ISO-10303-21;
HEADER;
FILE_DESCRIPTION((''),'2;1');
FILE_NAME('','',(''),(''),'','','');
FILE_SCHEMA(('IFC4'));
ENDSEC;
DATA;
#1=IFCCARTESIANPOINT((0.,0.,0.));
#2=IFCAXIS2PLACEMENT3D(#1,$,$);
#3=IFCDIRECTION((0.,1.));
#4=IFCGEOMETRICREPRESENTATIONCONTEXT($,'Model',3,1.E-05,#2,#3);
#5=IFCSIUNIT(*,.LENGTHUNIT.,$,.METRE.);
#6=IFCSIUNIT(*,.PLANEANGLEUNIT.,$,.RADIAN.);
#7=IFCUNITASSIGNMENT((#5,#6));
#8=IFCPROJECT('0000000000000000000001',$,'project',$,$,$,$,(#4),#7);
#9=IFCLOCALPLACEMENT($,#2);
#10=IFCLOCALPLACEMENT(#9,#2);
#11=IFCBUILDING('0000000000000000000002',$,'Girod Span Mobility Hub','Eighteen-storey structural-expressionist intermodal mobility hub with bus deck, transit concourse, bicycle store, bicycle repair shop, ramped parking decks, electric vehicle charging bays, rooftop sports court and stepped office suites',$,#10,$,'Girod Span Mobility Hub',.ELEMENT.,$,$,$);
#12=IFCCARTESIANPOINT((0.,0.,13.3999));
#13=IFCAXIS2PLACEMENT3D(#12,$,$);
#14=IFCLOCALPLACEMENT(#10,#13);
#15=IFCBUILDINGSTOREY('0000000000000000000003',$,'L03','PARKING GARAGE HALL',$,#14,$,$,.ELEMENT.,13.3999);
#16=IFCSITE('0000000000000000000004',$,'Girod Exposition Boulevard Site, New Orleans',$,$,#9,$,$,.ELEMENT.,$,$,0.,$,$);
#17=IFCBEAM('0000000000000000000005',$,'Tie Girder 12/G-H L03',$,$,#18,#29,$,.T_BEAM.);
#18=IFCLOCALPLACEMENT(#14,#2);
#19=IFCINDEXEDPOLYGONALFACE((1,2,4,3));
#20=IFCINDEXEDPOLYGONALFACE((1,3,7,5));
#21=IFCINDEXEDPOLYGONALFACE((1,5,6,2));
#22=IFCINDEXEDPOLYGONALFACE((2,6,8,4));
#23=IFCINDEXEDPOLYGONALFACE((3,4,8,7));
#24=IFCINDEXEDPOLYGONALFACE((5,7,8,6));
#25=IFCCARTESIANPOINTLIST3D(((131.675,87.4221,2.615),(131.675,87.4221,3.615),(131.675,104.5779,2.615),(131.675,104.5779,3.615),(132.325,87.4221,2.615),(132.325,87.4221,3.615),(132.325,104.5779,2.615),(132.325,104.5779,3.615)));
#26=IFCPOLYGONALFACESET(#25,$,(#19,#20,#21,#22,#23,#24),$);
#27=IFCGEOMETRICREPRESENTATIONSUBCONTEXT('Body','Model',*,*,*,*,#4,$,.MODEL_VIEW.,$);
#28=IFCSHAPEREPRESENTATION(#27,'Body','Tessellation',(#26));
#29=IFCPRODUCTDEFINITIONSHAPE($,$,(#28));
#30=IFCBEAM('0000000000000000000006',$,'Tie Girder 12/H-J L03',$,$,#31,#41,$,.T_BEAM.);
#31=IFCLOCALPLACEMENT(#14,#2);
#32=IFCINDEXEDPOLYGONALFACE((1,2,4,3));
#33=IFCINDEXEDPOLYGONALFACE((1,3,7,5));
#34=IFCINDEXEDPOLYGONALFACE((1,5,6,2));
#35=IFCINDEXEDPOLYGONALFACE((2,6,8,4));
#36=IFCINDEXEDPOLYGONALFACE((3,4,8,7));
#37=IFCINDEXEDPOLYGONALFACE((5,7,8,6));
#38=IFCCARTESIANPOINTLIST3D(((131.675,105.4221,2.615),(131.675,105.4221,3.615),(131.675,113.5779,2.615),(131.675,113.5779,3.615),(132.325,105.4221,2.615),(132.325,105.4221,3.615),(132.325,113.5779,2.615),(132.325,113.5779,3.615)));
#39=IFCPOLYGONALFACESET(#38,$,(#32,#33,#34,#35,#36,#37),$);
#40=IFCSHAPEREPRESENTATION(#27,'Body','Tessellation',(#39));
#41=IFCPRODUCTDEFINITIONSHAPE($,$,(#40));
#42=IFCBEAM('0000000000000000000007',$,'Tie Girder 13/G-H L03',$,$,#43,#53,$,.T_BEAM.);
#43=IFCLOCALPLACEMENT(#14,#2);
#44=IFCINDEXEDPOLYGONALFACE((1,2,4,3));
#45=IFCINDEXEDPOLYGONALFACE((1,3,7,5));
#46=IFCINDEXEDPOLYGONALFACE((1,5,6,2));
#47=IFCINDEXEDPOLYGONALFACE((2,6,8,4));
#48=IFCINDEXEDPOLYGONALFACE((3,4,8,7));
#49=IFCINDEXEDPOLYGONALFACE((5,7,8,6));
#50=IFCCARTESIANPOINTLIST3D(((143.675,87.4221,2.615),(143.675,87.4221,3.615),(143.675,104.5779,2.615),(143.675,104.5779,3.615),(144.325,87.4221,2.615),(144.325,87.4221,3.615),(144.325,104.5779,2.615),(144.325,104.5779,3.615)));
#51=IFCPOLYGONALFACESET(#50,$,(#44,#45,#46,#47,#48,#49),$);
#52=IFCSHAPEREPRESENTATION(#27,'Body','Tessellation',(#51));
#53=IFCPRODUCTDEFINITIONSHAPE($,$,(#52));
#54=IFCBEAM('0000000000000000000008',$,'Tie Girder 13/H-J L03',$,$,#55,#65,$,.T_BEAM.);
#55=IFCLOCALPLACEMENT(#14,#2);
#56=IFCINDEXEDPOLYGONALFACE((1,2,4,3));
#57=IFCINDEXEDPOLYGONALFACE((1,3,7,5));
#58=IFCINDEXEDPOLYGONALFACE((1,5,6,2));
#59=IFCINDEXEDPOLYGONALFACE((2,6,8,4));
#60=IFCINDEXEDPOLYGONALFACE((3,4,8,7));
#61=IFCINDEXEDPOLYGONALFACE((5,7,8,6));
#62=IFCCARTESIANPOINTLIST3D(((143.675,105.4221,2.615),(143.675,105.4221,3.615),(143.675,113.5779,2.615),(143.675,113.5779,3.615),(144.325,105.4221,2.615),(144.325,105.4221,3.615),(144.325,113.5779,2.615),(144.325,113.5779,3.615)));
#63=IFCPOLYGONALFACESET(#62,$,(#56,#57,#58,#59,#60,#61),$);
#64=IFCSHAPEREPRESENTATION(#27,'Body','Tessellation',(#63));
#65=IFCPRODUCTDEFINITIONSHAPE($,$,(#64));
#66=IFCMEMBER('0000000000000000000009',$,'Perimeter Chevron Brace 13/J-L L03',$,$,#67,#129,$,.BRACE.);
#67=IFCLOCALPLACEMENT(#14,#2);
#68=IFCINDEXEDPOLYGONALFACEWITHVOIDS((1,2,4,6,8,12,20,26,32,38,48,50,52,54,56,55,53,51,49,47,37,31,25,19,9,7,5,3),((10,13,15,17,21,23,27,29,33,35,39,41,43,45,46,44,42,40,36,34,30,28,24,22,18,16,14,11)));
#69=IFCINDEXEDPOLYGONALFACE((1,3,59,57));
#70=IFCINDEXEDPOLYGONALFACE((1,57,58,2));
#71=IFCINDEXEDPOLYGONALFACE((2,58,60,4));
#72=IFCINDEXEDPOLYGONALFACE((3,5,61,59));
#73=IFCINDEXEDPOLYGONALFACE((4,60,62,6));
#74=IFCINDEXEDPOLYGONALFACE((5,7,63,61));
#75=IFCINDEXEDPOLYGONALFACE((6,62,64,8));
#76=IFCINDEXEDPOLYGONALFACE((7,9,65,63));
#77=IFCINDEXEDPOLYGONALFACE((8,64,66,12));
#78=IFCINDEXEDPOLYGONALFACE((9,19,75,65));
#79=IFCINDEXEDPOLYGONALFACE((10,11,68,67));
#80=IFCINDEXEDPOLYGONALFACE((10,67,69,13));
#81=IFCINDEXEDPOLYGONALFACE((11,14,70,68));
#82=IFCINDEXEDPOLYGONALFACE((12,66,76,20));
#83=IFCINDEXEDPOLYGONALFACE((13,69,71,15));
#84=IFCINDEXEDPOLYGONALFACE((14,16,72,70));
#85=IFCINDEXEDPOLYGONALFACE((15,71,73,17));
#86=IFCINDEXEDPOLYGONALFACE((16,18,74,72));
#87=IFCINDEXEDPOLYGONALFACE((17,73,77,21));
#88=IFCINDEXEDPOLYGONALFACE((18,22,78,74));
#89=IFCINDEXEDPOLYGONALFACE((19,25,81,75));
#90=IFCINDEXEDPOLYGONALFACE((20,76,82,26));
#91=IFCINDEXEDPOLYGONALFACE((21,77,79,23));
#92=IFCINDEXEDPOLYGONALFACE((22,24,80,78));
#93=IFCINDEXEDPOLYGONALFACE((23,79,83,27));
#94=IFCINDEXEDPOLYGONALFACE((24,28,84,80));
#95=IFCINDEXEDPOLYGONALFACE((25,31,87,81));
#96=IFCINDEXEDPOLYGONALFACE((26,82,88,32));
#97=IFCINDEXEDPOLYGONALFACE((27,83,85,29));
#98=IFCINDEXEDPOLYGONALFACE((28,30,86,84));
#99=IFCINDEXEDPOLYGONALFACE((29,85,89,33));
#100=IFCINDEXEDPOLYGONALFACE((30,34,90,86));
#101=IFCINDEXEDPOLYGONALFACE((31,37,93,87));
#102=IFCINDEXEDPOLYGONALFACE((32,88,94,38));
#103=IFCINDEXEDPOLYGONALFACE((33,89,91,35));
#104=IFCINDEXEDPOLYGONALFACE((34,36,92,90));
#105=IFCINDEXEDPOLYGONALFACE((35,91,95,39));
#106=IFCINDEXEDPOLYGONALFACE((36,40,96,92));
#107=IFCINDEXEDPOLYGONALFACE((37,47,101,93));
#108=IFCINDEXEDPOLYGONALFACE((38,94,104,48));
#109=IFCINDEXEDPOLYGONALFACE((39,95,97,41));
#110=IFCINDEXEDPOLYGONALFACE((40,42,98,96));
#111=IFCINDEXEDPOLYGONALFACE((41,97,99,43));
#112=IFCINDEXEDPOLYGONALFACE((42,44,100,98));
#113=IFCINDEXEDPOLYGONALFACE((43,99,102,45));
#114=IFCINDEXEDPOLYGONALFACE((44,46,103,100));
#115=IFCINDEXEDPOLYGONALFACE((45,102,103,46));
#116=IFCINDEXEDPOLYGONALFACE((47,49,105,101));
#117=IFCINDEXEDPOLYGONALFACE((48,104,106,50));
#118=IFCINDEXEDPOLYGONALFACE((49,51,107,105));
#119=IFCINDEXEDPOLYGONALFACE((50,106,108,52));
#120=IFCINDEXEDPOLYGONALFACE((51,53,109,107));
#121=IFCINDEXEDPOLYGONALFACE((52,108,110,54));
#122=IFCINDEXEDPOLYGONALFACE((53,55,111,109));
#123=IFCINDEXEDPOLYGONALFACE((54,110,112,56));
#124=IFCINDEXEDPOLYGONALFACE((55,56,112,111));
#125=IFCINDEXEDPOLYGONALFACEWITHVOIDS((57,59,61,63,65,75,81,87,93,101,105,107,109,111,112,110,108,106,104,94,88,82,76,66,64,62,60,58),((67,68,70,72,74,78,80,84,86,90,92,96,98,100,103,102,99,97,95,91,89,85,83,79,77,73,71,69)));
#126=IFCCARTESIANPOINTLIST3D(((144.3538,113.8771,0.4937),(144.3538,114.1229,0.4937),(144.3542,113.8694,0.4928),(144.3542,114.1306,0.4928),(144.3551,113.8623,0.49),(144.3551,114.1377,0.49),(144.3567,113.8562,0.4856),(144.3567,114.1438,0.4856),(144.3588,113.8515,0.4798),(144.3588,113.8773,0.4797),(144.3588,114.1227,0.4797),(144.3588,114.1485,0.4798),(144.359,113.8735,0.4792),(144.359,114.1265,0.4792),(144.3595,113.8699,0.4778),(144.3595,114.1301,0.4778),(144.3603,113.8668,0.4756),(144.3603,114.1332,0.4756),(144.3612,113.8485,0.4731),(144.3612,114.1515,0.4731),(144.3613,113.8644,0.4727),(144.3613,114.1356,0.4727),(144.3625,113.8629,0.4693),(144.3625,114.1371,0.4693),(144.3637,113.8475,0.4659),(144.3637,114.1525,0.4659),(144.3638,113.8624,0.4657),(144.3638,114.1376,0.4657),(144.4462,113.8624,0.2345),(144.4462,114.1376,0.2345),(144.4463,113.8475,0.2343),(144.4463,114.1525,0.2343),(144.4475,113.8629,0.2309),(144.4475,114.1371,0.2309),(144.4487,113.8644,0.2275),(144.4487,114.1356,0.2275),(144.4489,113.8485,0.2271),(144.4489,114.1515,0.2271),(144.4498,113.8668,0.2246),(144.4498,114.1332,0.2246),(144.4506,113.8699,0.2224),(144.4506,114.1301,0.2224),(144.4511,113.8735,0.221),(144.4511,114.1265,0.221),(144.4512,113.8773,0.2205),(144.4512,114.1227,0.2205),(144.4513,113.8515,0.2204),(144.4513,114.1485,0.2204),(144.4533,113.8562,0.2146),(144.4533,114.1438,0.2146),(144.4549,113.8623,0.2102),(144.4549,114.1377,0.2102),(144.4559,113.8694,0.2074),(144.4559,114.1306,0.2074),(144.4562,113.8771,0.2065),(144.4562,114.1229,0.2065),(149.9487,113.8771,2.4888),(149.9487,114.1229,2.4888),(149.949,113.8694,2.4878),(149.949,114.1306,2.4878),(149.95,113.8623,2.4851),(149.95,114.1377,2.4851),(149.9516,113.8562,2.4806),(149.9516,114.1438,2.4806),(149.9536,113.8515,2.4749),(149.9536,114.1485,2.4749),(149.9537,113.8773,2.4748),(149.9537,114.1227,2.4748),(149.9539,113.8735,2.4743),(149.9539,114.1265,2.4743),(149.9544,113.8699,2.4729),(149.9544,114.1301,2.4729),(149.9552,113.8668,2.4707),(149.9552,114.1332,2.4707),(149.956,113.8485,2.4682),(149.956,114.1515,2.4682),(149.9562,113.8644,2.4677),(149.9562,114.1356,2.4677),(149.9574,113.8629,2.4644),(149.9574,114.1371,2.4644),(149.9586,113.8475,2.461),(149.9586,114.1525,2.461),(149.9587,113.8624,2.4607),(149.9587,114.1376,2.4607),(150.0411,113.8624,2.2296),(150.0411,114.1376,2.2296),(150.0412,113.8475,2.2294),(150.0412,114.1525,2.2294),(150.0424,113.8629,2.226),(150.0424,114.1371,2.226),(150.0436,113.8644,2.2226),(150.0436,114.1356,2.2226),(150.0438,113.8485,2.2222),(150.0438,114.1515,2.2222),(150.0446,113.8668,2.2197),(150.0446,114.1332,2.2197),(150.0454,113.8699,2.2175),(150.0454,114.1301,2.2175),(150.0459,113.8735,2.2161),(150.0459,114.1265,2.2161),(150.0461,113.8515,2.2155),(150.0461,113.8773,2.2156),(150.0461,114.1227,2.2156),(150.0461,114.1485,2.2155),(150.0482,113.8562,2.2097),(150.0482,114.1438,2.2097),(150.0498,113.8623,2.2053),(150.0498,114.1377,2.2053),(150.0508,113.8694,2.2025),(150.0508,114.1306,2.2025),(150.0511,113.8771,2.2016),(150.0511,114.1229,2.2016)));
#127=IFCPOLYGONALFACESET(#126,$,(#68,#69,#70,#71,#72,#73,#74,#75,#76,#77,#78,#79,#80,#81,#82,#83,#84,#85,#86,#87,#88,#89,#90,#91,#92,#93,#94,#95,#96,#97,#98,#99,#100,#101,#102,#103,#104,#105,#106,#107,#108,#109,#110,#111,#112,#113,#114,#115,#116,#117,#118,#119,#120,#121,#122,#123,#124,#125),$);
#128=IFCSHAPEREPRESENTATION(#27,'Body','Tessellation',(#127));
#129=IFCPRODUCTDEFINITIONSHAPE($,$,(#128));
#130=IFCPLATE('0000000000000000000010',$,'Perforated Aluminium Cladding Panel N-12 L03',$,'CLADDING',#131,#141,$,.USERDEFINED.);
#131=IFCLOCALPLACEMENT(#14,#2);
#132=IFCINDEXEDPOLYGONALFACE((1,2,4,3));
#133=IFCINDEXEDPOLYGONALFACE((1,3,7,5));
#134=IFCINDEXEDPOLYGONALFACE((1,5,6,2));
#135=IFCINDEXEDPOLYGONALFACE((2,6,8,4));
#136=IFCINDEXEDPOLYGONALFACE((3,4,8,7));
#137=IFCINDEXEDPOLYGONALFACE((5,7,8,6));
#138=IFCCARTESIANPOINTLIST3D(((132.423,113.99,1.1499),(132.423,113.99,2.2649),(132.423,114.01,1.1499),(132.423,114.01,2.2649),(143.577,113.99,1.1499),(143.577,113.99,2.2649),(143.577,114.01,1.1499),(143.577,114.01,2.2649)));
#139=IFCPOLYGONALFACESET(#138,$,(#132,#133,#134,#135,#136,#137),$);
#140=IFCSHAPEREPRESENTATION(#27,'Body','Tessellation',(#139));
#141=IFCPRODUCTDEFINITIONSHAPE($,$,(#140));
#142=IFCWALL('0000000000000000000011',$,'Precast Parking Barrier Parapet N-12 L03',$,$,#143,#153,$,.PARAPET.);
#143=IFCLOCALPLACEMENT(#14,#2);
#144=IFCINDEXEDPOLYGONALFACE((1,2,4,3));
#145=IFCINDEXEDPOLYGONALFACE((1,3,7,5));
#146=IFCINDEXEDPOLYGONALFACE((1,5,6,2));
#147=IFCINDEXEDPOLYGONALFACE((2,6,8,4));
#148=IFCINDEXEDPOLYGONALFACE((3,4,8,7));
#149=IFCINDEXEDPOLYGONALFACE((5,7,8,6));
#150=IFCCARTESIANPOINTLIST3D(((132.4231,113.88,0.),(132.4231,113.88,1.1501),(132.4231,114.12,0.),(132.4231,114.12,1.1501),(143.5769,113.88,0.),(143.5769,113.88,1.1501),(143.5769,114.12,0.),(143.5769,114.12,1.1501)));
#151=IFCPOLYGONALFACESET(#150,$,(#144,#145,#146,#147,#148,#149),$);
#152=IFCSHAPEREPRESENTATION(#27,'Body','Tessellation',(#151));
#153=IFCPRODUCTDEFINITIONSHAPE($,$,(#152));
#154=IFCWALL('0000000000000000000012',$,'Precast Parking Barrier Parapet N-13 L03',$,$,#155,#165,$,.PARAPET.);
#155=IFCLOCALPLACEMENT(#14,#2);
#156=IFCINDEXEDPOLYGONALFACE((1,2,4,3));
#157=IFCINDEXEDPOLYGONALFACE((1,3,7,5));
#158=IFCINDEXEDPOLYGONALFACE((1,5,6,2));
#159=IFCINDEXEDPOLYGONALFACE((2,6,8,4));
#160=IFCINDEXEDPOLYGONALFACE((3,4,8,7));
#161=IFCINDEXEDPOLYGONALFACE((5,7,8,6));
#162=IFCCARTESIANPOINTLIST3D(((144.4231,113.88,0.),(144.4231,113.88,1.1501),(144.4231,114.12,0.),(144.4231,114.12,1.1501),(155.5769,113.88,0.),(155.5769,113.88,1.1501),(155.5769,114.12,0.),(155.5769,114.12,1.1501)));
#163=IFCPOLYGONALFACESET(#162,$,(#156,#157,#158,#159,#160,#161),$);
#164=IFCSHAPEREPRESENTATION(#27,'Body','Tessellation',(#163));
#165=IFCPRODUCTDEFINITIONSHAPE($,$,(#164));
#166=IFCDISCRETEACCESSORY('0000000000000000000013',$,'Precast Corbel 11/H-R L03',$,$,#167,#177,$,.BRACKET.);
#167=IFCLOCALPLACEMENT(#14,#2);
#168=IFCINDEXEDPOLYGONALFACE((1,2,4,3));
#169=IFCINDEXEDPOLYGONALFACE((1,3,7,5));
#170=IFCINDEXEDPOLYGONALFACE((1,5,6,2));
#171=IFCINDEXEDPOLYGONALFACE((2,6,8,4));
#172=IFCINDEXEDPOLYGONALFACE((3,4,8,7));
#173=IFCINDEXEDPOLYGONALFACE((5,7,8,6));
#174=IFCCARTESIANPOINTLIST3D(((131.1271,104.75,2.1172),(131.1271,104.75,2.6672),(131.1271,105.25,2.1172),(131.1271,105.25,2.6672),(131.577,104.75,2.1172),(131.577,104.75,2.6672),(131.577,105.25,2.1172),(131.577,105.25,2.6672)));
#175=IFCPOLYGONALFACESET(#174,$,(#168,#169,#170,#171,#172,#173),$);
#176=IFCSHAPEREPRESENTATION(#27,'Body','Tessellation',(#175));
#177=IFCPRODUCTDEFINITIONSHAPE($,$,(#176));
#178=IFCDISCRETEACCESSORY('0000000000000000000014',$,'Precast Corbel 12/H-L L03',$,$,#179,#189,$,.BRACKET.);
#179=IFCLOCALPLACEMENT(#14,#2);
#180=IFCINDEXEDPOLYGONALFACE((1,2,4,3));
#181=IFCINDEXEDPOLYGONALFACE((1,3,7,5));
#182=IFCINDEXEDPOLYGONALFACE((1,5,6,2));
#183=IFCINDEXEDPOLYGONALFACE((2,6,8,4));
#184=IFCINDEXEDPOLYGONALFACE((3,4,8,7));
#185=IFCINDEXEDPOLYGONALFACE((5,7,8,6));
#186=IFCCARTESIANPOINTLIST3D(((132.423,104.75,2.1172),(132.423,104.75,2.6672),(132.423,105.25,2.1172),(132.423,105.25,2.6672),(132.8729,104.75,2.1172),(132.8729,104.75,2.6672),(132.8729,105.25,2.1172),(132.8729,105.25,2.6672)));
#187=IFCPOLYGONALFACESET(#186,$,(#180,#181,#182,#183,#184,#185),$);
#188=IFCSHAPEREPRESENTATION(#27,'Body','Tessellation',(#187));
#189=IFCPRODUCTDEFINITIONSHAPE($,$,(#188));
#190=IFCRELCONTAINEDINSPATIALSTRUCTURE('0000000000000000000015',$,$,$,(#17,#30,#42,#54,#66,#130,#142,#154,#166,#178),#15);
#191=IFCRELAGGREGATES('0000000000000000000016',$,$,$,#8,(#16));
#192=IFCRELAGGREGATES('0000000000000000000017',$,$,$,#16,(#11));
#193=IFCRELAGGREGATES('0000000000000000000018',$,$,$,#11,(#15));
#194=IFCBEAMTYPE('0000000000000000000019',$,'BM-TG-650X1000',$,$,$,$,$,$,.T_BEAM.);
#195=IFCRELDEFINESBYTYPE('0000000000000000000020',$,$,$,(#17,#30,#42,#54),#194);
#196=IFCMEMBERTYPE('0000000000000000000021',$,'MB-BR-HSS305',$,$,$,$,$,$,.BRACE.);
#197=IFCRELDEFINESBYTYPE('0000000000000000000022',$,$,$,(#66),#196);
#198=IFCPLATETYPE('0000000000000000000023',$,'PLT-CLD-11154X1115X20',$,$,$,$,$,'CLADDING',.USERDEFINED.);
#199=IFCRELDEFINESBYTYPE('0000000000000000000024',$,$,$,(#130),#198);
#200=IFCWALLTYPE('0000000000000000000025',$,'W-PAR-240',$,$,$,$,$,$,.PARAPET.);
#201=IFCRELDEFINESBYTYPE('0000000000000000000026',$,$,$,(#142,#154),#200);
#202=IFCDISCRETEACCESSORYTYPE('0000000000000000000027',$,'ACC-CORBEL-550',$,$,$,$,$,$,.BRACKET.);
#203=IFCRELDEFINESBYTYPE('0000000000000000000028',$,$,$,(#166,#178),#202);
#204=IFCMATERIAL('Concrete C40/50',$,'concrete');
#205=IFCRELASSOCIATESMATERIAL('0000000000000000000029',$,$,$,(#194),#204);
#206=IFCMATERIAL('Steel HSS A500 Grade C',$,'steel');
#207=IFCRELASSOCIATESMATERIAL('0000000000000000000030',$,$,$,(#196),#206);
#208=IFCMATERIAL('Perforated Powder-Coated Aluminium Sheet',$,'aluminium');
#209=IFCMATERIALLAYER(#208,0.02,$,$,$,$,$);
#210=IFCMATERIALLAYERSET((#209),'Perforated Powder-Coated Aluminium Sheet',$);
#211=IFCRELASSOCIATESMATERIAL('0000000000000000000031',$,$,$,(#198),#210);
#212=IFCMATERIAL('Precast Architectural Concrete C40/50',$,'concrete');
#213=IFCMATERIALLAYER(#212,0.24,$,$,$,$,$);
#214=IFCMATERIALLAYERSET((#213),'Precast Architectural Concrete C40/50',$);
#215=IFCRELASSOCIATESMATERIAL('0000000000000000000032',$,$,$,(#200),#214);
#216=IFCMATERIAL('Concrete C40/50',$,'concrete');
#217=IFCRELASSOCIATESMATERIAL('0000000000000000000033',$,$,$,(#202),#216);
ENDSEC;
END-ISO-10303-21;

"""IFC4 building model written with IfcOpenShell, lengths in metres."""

from ifc_helpers import new_model, si_unit, direction, frame, frame_2d, origin, origin_2d, place, context, subcontext, project, spatial, rectangle, hollow_rectangle, extrude, material, layer, layer_set, material_profile, profile_set, type_object, element, save


model = new_model("IFC4")

# Units and contexts
model_context = context("Model", 3, precision=1e-05, world=origin(), true_north=direction((0.0, 1.0)))
body_context = subcontext(model_context, "Body", "Model", "MODEL_VIEW")
ifc_project = project(units=[si_unit("LENGTHUNIT", "METRE"), si_unit("PLANEANGLEUNIT", "RADIAN")], contexts=[model_context])

# Site, building, storey
site_placement = place(None, origin())
site = spatial("IfcSite", under=ifc_project, at=site_placement, Name="Girod Exposition Boulevard Site, New Orleans", CompositionType="ELEMENT", RefElevation=0.0)
building_placement = place(site_placement, origin())
building = spatial("IfcBuilding", under=site, at=building_placement, Name="Girod Span Mobility Hub", Description="Eighteen-storey structural-expressionist intermodal mobility hub with bus deck, transit concourse, bicycle store, bicycle repair shop, ramped parking decks, electric vehicle charging bays, rooftop sports court and stepped office suites", LongName="Girod Span Mobility Hub", CompositionType="ELEMENT")
storey_placement = place(building_placement, frame((0.0, 0.0, 13.3999)))
storey = spatial("IfcBuildingStorey", under=building, at=storey_placement, Name="L03", Description="PARKING GARAGE HALL", CompositionType="ELEMENT", Elevation=13.3999)

# Beams
ifc_material_1 = material(Name="Concrete C40/50", Category="concrete")
ifc_material_profile_1 = material_profile(ifc_material_1, rectangle(XDim=0.6499, YDim=1.0, at=origin_2d()), Name="TG-650X1000")
ifc_profile_set_1 = profile_set([ifc_material_profile_1], Name="Concrete C40/50")
beam_type_1 = type_object("IfcBeamType", Name="BM-TG-650X1000", PredefinedType="T_BEAM", material=ifc_profile_set_1)
beam_1_placement = place(storey_placement, frame((132.0, 87.4221, 3.115), z_axis=(0.0, 1.0, 0.0), x_axis=(-1.0, 0.0, 0.0)))
element("IfcBeam", 1, at=beam_1_placement, inside=storey, type_object=beam_type_1, Name="Tie Girder 12/G-H L03", PredefinedType="T_BEAM", context=body_context, shape_type="SweptSolid", body=[
    extrude(rectangle(XDim=0.6499, YDim=1.0, at=origin_2d()), origin(), (0.0, 0.0, 1.0), 17.1558),
])
beam_2_placement = place(storey_placement, frame((132.0, 105.4221, 3.115), z_axis=(0.0, 1.0, 0.0), x_axis=(-1.0, 0.0, 0.0)))
element("IfcBeam", 2, at=beam_2_placement, inside=storey, type_object=beam_type_1, Name="Tie Girder 12/H-J L03", PredefinedType="T_BEAM", context=body_context, shape_type="SweptSolid", body=[
    extrude(rectangle(XDim=0.6499, YDim=1.0, at=origin_2d()), origin(), (0.0, 0.0, 1.0), 8.1558),
])
beam_3_placement = place(storey_placement, frame((144.0, 87.4221, 3.115), z_axis=(0.0, 1.0, 0.0), x_axis=(-1.0, 0.0, 0.0)))
element("IfcBeam", 3, at=beam_3_placement, inside=storey, type_object=beam_type_1, Name="Tie Girder 13/G-H L03", PredefinedType="T_BEAM", context=body_context, shape_type="SweptSolid", body=[
    extrude(rectangle(XDim=0.6499, YDim=1.0, at=origin_2d()), origin(), (0.0, 0.0, 1.0), 17.1558),
])
beam_4_placement = place(storey_placement, frame((144.0, 105.4221, 3.115), z_axis=(0.0, 1.0, 0.0), x_axis=(-1.0, 0.0, 0.0)))
element("IfcBeam", 4, at=beam_4_placement, inside=storey, type_object=beam_type_1, Name="Tie Girder 13/H-J L03", PredefinedType="T_BEAM", context=body_context, shape_type="SweptSolid", body=[
    extrude(rectangle(XDim=0.6499, YDim=1.0, at=origin_2d()), origin(), (0.0, 0.0, 1.0), 8.1558),
])

# Member
ifc_material_2 = material(Name="Steel HSS A500 Grade C", Category="steel")
ifc_material_profile_2 = material_profile(ifc_material_2, hollow_rectangle(XDim=0.3049, YDim=0.3049, WallThickness=0.0149, InnerFilletRadius=0.0149, OuterFilletRadius=0.0295, at=origin_2d()), Name="HSS305X305X16")
ifc_profile_set_2 = profile_set([ifc_material_profile_2], Name="Steel HSS A500 Grade C")
member_type = type_object("IfcMemberType", Name="MB-BR-HSS305", PredefinedType="BRACE", material=ifc_profile_set_2)
member_placement = place(storey_placement, frame((144.405, 114.0, 0.3501), z_axis=(0.941906, 0.0, 0.335876), x_axis=(0.0, 1.0, 0.0)))
element("IfcMember", 5, at=member_placement, inside=storey, type_object=member_type, Name="Perimeter Chevron Brace 13/J-L L03", PredefinedType="BRACE", context=body_context, shape_type="SweptSolid", body=[
    extrude(hollow_rectangle(XDim=0.3049, YDim=0.3049, WallThickness=0.0149, InnerFilletRadius=0.0149, OuterFilletRadius=0.0295, at=origin_2d()), origin(), (0.0, 0.0, 1.0), 5.9399),
])

# Plate
ifc_material_3 = material(Name="Perforated Powder-Coated Aluminium Sheet", Category="aluminium")
ifc_layer_1 = layer(ifc_material_3, 0.02)
ifc_layer_set_1 = layer_set([ifc_layer_1], Name="Perforated Powder-Coated Aluminium Sheet")
plate_type = type_object("IfcPlateType", Name="PLT-CLD-11154X1115X20", ElementType="CLADDING", PredefinedType="USERDEFINED", material=ifc_layer_set_1)
plate_placement = place(storey_placement, frame((138.0, 114.0, 1.1499), z_axis=(0.0, 0.0, 1.0), x_axis=(1.0, 0.0, 0.0)))
element("IfcPlate", 6, at=plate_placement, inside=storey, type_object=plate_type, Name="Perforated Aluminium Cladding Panel N-12 L03", ObjectType="CLADDING", PredefinedType="USERDEFINED", context=body_context, shape_type="SweptSolid", body=[
    extrude(rectangle(XDim=11.1541, YDim=0.02, at=origin_2d()), origin(), (0.0, 0.0, 1.0), 1.115),
])

# Walls
ifc_material_4 = material(Name="Precast Architectural Concrete C40/50", Category="concrete")
ifc_layer_2 = layer(ifc_material_4, 0.24)
ifc_layer_set_2 = layer_set([ifc_layer_2], Name="Precast Architectural Concrete C40/50")
wall_type = type_object("IfcWallType", Name="W-PAR-240", PredefinedType="PARAPET", material=ifc_layer_set_2)
for number, where, z_axis, x_axis, name in (
    (7, (132.4231, 114.0, 0.0), (0.0, 0.0, 1.0), (1.0, 0.0, 0.0), "Precast Parking Barrier Parapet N-12 L03"),
    (8, (144.4231, 114.0, 0.0), (0.0, 0.0, 1.0), (1.0, 0.0, 0.0), "Precast Parking Barrier Parapet N-13 L03"),
):
    element("IfcWall", number, at=place(storey_placement, frame(where, z_axis=z_axis, x_axis=x_axis)), inside=storey, type_object=wall_type, Name=name, PredefinedType="PARAPET", context=body_context, shape_type="SweptSolid", body=[
        extrude(rectangle(XDim=11.1538, YDim=0.24, at=frame_2d((5.5769, 0.0))), origin(), (0.0, 0.0, 1.0), 1.1501),
    ])

# Discrete accessories
ifc_material_5 = material(Name="Concrete C40/50", Category="concrete")
discrete_accessory_type = type_object("IfcDiscreteAccessoryType", Name="ACC-CORBEL-550", PredefinedType="BRACKET", material=ifc_material_5)
for number, where, z_axis, x_axis, name in (
    (9, (131.3521, 105.0, 2.1172), (0.0, 0.0, 1.0), (1.0, 0.0, 0.0), "Precast Corbel 11/H-R L03"),
    (10, (132.6479, 105.0, 2.1172), (0.0, 0.0, 1.0), (1.0, 0.0, 0.0), "Precast Corbel 12/H-L L03"),
):
    element("IfcDiscreteAccessory", number, at=place(storey_placement, frame(where, z_axis=z_axis, x_axis=x_axis)), inside=storey, type_object=discrete_accessory_type, Name=name, PredefinedType="BRACKET", context=body_context, shape_type="SweptSolid", body=[
        extrude(rectangle(XDim=0.45, YDim=0.5, at=origin_2d()), origin(), (0.0, 0.0, 1.0), 0.55),
    ])

save(model, "model.ifc")
